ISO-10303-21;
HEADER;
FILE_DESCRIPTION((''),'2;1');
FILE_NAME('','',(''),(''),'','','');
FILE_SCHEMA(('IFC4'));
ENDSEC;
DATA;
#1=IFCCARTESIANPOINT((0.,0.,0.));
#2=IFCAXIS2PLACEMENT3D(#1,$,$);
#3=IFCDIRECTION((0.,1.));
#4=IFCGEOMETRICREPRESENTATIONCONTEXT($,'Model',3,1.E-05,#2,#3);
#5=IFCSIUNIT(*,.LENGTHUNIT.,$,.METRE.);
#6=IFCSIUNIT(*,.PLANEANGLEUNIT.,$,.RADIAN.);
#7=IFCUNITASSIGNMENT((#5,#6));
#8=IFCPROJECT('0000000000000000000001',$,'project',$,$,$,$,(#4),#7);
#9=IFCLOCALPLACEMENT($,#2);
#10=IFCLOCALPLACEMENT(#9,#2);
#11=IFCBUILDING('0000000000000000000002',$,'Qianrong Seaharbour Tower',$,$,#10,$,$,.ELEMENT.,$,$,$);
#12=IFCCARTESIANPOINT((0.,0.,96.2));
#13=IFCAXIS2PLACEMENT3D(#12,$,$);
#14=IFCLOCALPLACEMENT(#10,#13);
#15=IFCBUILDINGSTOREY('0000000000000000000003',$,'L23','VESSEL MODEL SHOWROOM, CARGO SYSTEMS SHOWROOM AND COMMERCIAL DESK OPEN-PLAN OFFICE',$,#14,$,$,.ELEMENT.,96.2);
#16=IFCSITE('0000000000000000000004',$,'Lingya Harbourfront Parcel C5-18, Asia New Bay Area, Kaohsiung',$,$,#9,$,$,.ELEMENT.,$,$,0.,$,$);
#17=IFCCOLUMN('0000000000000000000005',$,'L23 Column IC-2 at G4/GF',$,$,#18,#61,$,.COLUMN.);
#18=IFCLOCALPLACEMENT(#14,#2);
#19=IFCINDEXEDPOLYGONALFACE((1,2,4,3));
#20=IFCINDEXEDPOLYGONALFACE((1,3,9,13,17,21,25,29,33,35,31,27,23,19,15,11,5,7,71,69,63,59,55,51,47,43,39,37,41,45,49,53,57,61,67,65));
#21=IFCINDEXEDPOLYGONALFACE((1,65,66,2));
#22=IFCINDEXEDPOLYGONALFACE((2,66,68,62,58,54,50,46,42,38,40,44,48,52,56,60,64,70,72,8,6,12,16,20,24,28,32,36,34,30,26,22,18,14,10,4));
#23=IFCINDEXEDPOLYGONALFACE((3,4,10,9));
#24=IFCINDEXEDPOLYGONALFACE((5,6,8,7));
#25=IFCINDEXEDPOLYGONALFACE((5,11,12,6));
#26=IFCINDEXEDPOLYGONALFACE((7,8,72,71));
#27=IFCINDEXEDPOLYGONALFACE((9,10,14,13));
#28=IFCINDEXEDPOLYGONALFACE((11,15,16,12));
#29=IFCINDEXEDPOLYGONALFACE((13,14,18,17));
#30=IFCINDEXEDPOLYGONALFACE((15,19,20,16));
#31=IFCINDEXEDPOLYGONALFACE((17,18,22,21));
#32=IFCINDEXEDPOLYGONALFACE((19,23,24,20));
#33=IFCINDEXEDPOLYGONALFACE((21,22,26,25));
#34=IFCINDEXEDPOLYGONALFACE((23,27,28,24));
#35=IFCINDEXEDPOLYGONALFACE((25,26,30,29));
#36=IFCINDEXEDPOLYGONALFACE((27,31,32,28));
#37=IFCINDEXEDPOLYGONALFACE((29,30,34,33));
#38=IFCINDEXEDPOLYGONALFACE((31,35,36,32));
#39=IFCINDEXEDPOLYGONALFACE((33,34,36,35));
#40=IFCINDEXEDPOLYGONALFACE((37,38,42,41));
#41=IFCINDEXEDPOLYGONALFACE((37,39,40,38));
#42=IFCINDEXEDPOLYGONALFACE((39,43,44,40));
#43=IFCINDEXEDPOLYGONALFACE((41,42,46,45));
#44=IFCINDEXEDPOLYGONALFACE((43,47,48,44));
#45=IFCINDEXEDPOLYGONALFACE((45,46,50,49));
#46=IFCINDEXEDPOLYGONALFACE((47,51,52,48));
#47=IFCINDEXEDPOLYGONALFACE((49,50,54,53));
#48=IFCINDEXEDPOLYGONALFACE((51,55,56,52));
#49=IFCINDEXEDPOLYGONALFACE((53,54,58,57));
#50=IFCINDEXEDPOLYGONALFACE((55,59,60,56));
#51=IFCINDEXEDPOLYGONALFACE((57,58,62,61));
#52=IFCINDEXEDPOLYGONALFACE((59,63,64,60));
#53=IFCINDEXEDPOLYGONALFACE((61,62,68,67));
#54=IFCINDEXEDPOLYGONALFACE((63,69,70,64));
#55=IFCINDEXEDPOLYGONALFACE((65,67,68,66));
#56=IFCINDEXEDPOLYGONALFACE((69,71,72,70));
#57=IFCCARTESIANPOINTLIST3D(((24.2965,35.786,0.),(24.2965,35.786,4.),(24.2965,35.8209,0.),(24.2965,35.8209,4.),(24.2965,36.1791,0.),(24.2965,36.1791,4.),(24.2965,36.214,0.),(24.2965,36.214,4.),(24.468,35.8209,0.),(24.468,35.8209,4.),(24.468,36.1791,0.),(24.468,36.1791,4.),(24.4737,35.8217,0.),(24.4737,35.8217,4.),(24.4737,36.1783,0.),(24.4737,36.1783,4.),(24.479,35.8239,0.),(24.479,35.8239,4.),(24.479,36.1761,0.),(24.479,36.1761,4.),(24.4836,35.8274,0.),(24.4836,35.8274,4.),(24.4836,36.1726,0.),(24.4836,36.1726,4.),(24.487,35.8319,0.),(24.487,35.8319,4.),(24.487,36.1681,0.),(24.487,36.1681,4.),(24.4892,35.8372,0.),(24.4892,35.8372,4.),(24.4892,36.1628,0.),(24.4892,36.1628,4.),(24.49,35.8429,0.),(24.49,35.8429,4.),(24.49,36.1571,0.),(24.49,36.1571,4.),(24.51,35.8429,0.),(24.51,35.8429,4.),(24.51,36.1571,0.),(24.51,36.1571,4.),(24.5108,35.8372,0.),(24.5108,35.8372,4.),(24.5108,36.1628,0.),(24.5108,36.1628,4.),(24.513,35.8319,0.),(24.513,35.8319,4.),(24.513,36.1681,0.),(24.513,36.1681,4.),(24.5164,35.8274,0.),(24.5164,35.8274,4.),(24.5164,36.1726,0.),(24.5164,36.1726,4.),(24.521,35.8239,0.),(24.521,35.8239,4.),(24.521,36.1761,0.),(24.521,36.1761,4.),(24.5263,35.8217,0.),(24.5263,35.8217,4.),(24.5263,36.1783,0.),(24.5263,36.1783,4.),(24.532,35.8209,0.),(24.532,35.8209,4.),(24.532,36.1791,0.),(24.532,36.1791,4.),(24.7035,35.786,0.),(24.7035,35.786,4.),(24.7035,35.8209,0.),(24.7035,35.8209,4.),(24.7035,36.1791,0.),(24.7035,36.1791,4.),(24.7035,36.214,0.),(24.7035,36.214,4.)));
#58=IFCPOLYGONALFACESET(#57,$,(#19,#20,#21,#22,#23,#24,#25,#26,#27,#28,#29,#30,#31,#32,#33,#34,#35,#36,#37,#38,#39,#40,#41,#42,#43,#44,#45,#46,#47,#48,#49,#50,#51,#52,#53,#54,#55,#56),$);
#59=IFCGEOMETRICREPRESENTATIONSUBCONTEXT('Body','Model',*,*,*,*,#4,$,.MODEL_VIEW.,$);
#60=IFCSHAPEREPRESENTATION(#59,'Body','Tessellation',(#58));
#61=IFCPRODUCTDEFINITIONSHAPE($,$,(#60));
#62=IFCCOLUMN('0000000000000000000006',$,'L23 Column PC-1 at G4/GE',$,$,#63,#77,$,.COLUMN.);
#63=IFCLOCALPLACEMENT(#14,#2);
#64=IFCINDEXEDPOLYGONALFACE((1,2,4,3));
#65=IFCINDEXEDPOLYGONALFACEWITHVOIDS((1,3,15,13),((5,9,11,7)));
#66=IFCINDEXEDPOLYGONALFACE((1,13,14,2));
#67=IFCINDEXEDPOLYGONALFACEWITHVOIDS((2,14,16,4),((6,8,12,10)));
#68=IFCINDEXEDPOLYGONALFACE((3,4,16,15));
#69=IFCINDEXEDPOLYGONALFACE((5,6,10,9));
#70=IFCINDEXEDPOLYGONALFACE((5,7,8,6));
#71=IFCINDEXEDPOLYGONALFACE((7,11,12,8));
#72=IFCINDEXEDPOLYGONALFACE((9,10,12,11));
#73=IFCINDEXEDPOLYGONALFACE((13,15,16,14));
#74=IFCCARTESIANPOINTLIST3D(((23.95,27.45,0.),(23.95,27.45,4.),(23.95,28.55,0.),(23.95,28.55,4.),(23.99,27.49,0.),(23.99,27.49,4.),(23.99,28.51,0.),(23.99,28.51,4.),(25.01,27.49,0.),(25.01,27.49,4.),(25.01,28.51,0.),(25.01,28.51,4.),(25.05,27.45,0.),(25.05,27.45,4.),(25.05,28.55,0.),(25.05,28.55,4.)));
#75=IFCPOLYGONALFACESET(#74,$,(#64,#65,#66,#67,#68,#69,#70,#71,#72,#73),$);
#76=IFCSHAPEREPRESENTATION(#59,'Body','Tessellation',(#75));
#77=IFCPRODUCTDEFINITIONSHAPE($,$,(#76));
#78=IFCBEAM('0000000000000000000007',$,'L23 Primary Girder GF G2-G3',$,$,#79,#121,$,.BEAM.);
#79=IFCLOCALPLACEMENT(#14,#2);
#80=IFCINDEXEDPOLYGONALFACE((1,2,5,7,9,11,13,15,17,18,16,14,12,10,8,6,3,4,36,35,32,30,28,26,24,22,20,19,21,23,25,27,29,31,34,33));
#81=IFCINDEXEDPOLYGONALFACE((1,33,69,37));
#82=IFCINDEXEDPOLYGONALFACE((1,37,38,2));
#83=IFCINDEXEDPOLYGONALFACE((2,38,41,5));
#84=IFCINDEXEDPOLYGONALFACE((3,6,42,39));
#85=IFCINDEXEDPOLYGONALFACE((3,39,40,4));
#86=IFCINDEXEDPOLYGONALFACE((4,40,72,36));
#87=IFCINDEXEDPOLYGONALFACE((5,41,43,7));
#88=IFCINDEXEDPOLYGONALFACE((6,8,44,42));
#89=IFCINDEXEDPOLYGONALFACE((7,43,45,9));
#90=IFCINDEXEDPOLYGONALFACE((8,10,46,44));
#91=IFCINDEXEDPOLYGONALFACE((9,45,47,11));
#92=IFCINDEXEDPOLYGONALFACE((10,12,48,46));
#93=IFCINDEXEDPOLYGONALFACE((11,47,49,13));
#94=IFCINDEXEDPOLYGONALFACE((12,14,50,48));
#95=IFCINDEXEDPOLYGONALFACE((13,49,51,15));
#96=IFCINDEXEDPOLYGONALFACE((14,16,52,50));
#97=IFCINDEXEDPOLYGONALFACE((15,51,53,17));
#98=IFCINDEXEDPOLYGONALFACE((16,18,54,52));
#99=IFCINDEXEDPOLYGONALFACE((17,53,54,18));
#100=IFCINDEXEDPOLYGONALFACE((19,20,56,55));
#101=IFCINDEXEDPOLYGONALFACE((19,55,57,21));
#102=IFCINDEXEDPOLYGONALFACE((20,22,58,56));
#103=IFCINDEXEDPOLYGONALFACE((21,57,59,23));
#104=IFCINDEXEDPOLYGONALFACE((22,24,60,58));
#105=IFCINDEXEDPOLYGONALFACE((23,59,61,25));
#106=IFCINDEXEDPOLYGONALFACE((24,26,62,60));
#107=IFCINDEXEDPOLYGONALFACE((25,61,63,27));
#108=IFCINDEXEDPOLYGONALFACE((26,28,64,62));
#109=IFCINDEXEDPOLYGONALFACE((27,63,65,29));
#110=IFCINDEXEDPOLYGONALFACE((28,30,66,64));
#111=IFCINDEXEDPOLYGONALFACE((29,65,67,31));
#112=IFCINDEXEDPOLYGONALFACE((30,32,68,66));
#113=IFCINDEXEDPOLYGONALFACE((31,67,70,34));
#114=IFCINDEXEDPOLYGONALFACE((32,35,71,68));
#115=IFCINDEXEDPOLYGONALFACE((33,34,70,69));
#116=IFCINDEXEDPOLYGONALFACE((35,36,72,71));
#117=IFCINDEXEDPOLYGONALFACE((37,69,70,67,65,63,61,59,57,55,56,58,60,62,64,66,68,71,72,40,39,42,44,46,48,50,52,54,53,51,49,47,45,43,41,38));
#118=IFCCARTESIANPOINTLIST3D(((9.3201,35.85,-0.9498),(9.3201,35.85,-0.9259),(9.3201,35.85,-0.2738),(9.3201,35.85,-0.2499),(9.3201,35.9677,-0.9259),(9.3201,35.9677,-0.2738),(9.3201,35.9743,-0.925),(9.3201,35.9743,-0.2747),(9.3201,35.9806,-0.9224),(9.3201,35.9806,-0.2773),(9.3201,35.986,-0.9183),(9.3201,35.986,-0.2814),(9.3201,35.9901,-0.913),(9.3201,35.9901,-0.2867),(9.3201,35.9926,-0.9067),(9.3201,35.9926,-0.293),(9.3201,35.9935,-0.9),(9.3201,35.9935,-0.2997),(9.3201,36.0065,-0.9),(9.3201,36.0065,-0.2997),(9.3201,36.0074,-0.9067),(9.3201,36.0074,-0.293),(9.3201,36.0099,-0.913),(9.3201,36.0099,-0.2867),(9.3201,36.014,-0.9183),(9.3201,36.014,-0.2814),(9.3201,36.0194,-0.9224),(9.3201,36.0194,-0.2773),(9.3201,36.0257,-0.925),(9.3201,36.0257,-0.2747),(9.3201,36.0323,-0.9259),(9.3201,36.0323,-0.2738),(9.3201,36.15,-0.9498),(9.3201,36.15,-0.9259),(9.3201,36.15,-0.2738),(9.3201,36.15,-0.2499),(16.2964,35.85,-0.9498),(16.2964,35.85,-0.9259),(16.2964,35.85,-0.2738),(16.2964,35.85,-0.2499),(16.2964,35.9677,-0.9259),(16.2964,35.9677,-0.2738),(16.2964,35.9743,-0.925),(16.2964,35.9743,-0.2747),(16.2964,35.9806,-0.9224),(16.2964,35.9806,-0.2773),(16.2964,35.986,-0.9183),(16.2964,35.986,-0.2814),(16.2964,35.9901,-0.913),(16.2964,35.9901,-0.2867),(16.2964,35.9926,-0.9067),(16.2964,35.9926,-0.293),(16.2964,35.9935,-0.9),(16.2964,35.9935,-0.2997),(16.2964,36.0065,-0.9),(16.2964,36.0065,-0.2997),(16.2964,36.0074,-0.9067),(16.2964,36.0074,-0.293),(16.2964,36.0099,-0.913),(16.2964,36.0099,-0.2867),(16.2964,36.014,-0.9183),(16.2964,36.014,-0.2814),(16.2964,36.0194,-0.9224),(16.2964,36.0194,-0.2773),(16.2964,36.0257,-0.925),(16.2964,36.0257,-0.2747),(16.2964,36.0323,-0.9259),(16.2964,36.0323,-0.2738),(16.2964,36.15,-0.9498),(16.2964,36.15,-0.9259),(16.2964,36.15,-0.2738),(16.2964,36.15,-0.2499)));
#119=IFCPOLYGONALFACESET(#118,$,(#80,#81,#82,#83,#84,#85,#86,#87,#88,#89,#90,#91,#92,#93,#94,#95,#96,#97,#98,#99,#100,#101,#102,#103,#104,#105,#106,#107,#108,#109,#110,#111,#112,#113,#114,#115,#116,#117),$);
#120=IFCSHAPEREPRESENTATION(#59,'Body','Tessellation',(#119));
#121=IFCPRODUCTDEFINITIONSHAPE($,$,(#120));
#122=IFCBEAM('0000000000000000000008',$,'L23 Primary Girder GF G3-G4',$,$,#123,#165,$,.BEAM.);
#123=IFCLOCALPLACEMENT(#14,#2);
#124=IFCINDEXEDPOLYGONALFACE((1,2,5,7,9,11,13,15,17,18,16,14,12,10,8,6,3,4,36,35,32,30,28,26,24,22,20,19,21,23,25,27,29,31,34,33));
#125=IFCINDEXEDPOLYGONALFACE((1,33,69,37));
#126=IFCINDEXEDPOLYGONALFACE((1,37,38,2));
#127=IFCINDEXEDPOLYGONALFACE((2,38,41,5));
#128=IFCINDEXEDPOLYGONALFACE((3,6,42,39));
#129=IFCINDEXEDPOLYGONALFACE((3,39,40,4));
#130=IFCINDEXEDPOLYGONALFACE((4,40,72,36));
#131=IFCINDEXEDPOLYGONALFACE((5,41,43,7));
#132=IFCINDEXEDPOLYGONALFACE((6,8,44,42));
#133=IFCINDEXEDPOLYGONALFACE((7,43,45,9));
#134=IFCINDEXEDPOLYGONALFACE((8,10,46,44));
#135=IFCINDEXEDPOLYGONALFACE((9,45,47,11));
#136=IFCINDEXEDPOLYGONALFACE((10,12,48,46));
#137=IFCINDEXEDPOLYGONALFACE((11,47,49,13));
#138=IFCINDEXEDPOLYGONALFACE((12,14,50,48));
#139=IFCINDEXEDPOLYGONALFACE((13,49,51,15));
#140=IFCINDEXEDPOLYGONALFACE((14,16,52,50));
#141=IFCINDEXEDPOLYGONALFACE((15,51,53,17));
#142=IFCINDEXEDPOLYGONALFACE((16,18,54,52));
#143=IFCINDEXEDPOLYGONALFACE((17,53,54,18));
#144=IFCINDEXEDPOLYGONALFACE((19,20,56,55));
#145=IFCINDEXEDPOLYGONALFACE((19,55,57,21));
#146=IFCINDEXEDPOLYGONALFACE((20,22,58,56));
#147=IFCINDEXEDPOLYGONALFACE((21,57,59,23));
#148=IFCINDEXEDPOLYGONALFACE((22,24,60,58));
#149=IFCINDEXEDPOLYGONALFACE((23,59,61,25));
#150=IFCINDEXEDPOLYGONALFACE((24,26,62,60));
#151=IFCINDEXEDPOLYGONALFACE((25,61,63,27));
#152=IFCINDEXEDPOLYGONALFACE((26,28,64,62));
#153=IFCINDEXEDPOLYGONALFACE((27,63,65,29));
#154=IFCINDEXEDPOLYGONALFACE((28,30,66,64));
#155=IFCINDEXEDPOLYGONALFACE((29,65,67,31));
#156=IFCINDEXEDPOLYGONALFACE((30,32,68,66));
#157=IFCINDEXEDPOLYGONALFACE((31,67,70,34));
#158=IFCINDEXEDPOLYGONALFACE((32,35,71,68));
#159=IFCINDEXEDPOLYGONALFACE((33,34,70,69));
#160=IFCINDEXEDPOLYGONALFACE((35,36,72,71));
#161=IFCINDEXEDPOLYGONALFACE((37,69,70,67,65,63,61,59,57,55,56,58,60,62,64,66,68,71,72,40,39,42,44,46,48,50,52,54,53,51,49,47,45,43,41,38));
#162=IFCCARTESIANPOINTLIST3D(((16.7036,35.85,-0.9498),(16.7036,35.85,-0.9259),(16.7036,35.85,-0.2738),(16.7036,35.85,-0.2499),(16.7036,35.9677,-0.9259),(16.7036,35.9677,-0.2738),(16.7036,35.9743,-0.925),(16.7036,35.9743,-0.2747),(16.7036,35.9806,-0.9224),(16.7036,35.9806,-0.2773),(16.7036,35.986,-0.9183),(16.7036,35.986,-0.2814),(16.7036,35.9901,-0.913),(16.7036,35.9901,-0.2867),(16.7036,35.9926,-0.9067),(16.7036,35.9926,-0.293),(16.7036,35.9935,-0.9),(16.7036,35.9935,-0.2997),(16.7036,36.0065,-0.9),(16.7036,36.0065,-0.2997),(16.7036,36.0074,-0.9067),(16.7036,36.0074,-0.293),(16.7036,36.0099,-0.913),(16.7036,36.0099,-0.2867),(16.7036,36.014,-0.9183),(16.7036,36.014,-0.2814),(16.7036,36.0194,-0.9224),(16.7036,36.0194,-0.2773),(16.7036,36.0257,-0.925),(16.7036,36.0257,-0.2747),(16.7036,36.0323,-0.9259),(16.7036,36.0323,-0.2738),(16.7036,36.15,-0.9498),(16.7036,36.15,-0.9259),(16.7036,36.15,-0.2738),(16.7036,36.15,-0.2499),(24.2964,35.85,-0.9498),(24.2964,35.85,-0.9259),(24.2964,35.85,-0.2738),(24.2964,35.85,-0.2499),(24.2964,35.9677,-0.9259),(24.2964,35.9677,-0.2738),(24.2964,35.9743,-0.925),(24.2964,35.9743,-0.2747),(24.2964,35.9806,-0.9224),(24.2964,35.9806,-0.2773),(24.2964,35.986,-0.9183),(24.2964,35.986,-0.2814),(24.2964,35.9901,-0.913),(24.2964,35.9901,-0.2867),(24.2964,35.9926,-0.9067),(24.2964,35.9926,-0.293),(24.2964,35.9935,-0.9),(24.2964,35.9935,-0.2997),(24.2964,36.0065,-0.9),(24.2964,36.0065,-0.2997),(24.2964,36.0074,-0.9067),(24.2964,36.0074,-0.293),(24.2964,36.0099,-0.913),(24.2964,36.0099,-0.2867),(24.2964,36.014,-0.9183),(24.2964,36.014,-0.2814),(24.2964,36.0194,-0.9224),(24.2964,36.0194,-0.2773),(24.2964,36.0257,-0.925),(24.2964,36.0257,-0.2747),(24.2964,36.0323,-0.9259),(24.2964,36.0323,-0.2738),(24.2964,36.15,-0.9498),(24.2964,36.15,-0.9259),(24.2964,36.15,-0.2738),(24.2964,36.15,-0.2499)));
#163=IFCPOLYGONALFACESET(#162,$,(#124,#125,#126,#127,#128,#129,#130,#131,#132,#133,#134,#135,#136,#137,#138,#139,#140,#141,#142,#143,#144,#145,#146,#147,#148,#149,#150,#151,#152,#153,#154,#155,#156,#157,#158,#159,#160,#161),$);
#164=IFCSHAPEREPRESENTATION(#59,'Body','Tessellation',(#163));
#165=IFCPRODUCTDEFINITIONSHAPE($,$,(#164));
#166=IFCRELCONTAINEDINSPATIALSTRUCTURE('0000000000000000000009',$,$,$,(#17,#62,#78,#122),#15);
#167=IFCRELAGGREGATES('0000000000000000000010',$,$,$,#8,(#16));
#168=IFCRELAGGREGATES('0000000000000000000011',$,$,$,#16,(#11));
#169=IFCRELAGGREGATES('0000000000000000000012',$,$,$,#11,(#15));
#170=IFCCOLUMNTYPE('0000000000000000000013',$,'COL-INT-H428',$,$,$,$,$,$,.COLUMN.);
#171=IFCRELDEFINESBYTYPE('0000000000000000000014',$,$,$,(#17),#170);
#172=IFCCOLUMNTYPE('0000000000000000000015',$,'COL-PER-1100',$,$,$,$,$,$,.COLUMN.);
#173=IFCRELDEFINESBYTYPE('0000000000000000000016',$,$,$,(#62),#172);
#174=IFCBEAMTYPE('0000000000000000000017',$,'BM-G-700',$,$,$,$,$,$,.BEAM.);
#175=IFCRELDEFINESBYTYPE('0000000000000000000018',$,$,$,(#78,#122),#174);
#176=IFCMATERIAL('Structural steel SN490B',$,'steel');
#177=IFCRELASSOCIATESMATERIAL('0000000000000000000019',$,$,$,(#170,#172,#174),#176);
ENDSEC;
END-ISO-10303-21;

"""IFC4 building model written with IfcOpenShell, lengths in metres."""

from ifc_helpers import new_model, si_unit, direction, frame, origin, origin_2d, place, context, subcontext, project, spatial, hollow_rectangle, i_section, extrude, material, material_profile, profile_set, type_object, element, save


model = new_model("IFC4")

# Units and contexts
model_context = context("Model", 3, precision=1e-05, world=origin(), true_north=direction((0.0, 1.0)))
body_context = subcontext(model_context, "Body", "Model", "MODEL_VIEW")
ifc_project = project(units=[si_unit("LENGTHUNIT", "METRE"), si_unit("PLANEANGLEUNIT", "RADIAN")], contexts=[model_context])

# Site, building, storey
site_placement = place(None, origin())
site = spatial("IfcSite", under=ifc_project, at=site_placement, Name="Lingya Harbourfront Parcel C5-18, Asia New Bay Area, Kaohsiung", CompositionType="ELEMENT", RefElevation=0.0)
building_placement = place(site_placement, origin())
building = spatial("IfcBuilding", under=site, at=building_placement, Name="Qianrong Seaharbour Tower", CompositionType="ELEMENT")
storey_placement = place(building_placement, frame((0.0, 0.0, 96.2)))
storey = spatial("IfcBuildingStorey", under=building, at=storey_placement, Name="L23", Description="VESSEL MODEL SHOWROOM, CARGO SYSTEMS SHOWROOM AND COMMERCIAL DESK OPEN-PLAN OFFICE", CompositionType="ELEMENT", Elevation=96.2)

# Columns
ifc_material_1 = material(Name="Structural steel SN490B", Category="steel")
ifc_material_profile_1 = material_profile(ifc_material_1, i_section(OverallWidth=0.407, OverallDepth=0.428, WebThickness=0.02, FlangeThickness=0.0349, FilletRadius=0.022, at=origin_2d()), Name="H428x407x20x35")
ifc_profile_set_1 = profile_set([ifc_material_profile_1], Name="Structural steel SN490B")
column_type_1 = type_object("IfcColumnType", Name="COL-INT-H428", PredefinedType="COLUMN", material=ifc_profile_set_1)
for number, where, z_axis, x_axis, name in (
    (1, (24.5, 36.0, 0.0), (0.0, 0.0, 1.0), (1.0, 0.0, 0.0), "L23 Column IC-2 at G4/GF"),
):
    element("IfcColumn", number, at=place(storey_placement, frame(where, z_axis=z_axis, x_axis=x_axis)), inside=storey, type_object=column_type_1, Name=name, PredefinedType="COLUMN", context=body_context, shape_type="SweptSolid", body=[
        extrude(i_section(OverallWidth=0.407, OverallDepth=0.428, WebThickness=0.02, FlangeThickness=0.0349, FilletRadius=0.022, at=origin_2d()), origin(), (0.0, 0.0, 1.0), 4.0),
    ])
ifc_material_profile_2 = material_profile(ifc_material_1, hollow_rectangle(XDim=1.1001, YDim=1.1001, WallThickness=0.04, at=origin_2d()), Name="BOX1100x1100x40")
ifc_profile_set_2 = profile_set([ifc_material_profile_2], Name="Structural steel SN490B")
column_type_2 = type_object("IfcColumnType", Name="COL-PER-1100", PredefinedType="COLUMN", material=ifc_profile_set_2)
column_1_placement = place(storey_placement, frame((24.5, 28.0, 0.0), z_axis=(0.0, 0.0, 1.0), x_axis=(1.0, 0.0, 0.0)))
element("IfcColumn", 2, at=column_1_placement, inside=storey, type_object=column_type_2, Name="L23 Column PC-1 at G4/GE", PredefinedType="COLUMN", context=body_context, shape_type="SweptSolid", body=[
    extrude(hollow_rectangle(XDim=1.1001, YDim=1.1001, WallThickness=0.04, at=origin_2d()), origin(), (0.0, 0.0, 1.0), 4.0),
])

# Beams
ifc_material_profile_3 = material_profile(ifc_material_1, i_section(OverallWidth=0.3, OverallDepth=0.7, WebThickness=0.0129, FlangeThickness=0.0239, FilletRadius=0.0259, at=origin_2d()), Name="H700x300x13x24")
ifc_profile_set_3 = profile_set([ifc_material_profile_3], Name="Structural steel SN490B")
beam_type_1 = type_object("IfcBeamType", Name="BM-G-700", PredefinedType="BEAM", material=ifc_profile_set_3)
beam_1_placement = place(storey_placement, frame((9.3201, 36.0, -0.5999), z_axis=(1.0, 0.0, 0.0), x_axis=(0.0, 1.0, 0.0)))
element("IfcBeam", 3, at=beam_1_placement, inside=storey, type_object=beam_type_1, Name="L23 Primary Girder GF G2-G3", PredefinedType="BEAM", context=body_context, shape_type="SweptSolid", body=[
    extrude(i_section(OverallWidth=0.3, OverallDepth=0.7, WebThickness=0.0129, FlangeThickness=0.0239, FilletRadius=0.0259, at=origin_2d()), origin(), (0.0, 0.0, 1.0), 6.9763),
])
beam_2_placement = place(storey_placement, frame((16.7036, 36.0, -0.5999), z_axis=(1.0, 0.0, 0.0), x_axis=(0.0, 1.0, 0.0)))
element("IfcBeam", 4, at=beam_2_placement, inside=storey, type_object=beam_type_1, Name="L23 Primary Girder GF G3-G4", PredefinedType="BEAM", context=body_context, shape_type="SweptSolid", body=[
    extrude(i_section(OverallWidth=0.3, OverallDepth=0.7, WebThickness=0.0129, FlangeThickness=0.0239, FilletRadius=0.0259, at=origin_2d()), origin(), (0.0, 0.0, 1.0), 7.5928),
])

save(model, "model.ifc")
